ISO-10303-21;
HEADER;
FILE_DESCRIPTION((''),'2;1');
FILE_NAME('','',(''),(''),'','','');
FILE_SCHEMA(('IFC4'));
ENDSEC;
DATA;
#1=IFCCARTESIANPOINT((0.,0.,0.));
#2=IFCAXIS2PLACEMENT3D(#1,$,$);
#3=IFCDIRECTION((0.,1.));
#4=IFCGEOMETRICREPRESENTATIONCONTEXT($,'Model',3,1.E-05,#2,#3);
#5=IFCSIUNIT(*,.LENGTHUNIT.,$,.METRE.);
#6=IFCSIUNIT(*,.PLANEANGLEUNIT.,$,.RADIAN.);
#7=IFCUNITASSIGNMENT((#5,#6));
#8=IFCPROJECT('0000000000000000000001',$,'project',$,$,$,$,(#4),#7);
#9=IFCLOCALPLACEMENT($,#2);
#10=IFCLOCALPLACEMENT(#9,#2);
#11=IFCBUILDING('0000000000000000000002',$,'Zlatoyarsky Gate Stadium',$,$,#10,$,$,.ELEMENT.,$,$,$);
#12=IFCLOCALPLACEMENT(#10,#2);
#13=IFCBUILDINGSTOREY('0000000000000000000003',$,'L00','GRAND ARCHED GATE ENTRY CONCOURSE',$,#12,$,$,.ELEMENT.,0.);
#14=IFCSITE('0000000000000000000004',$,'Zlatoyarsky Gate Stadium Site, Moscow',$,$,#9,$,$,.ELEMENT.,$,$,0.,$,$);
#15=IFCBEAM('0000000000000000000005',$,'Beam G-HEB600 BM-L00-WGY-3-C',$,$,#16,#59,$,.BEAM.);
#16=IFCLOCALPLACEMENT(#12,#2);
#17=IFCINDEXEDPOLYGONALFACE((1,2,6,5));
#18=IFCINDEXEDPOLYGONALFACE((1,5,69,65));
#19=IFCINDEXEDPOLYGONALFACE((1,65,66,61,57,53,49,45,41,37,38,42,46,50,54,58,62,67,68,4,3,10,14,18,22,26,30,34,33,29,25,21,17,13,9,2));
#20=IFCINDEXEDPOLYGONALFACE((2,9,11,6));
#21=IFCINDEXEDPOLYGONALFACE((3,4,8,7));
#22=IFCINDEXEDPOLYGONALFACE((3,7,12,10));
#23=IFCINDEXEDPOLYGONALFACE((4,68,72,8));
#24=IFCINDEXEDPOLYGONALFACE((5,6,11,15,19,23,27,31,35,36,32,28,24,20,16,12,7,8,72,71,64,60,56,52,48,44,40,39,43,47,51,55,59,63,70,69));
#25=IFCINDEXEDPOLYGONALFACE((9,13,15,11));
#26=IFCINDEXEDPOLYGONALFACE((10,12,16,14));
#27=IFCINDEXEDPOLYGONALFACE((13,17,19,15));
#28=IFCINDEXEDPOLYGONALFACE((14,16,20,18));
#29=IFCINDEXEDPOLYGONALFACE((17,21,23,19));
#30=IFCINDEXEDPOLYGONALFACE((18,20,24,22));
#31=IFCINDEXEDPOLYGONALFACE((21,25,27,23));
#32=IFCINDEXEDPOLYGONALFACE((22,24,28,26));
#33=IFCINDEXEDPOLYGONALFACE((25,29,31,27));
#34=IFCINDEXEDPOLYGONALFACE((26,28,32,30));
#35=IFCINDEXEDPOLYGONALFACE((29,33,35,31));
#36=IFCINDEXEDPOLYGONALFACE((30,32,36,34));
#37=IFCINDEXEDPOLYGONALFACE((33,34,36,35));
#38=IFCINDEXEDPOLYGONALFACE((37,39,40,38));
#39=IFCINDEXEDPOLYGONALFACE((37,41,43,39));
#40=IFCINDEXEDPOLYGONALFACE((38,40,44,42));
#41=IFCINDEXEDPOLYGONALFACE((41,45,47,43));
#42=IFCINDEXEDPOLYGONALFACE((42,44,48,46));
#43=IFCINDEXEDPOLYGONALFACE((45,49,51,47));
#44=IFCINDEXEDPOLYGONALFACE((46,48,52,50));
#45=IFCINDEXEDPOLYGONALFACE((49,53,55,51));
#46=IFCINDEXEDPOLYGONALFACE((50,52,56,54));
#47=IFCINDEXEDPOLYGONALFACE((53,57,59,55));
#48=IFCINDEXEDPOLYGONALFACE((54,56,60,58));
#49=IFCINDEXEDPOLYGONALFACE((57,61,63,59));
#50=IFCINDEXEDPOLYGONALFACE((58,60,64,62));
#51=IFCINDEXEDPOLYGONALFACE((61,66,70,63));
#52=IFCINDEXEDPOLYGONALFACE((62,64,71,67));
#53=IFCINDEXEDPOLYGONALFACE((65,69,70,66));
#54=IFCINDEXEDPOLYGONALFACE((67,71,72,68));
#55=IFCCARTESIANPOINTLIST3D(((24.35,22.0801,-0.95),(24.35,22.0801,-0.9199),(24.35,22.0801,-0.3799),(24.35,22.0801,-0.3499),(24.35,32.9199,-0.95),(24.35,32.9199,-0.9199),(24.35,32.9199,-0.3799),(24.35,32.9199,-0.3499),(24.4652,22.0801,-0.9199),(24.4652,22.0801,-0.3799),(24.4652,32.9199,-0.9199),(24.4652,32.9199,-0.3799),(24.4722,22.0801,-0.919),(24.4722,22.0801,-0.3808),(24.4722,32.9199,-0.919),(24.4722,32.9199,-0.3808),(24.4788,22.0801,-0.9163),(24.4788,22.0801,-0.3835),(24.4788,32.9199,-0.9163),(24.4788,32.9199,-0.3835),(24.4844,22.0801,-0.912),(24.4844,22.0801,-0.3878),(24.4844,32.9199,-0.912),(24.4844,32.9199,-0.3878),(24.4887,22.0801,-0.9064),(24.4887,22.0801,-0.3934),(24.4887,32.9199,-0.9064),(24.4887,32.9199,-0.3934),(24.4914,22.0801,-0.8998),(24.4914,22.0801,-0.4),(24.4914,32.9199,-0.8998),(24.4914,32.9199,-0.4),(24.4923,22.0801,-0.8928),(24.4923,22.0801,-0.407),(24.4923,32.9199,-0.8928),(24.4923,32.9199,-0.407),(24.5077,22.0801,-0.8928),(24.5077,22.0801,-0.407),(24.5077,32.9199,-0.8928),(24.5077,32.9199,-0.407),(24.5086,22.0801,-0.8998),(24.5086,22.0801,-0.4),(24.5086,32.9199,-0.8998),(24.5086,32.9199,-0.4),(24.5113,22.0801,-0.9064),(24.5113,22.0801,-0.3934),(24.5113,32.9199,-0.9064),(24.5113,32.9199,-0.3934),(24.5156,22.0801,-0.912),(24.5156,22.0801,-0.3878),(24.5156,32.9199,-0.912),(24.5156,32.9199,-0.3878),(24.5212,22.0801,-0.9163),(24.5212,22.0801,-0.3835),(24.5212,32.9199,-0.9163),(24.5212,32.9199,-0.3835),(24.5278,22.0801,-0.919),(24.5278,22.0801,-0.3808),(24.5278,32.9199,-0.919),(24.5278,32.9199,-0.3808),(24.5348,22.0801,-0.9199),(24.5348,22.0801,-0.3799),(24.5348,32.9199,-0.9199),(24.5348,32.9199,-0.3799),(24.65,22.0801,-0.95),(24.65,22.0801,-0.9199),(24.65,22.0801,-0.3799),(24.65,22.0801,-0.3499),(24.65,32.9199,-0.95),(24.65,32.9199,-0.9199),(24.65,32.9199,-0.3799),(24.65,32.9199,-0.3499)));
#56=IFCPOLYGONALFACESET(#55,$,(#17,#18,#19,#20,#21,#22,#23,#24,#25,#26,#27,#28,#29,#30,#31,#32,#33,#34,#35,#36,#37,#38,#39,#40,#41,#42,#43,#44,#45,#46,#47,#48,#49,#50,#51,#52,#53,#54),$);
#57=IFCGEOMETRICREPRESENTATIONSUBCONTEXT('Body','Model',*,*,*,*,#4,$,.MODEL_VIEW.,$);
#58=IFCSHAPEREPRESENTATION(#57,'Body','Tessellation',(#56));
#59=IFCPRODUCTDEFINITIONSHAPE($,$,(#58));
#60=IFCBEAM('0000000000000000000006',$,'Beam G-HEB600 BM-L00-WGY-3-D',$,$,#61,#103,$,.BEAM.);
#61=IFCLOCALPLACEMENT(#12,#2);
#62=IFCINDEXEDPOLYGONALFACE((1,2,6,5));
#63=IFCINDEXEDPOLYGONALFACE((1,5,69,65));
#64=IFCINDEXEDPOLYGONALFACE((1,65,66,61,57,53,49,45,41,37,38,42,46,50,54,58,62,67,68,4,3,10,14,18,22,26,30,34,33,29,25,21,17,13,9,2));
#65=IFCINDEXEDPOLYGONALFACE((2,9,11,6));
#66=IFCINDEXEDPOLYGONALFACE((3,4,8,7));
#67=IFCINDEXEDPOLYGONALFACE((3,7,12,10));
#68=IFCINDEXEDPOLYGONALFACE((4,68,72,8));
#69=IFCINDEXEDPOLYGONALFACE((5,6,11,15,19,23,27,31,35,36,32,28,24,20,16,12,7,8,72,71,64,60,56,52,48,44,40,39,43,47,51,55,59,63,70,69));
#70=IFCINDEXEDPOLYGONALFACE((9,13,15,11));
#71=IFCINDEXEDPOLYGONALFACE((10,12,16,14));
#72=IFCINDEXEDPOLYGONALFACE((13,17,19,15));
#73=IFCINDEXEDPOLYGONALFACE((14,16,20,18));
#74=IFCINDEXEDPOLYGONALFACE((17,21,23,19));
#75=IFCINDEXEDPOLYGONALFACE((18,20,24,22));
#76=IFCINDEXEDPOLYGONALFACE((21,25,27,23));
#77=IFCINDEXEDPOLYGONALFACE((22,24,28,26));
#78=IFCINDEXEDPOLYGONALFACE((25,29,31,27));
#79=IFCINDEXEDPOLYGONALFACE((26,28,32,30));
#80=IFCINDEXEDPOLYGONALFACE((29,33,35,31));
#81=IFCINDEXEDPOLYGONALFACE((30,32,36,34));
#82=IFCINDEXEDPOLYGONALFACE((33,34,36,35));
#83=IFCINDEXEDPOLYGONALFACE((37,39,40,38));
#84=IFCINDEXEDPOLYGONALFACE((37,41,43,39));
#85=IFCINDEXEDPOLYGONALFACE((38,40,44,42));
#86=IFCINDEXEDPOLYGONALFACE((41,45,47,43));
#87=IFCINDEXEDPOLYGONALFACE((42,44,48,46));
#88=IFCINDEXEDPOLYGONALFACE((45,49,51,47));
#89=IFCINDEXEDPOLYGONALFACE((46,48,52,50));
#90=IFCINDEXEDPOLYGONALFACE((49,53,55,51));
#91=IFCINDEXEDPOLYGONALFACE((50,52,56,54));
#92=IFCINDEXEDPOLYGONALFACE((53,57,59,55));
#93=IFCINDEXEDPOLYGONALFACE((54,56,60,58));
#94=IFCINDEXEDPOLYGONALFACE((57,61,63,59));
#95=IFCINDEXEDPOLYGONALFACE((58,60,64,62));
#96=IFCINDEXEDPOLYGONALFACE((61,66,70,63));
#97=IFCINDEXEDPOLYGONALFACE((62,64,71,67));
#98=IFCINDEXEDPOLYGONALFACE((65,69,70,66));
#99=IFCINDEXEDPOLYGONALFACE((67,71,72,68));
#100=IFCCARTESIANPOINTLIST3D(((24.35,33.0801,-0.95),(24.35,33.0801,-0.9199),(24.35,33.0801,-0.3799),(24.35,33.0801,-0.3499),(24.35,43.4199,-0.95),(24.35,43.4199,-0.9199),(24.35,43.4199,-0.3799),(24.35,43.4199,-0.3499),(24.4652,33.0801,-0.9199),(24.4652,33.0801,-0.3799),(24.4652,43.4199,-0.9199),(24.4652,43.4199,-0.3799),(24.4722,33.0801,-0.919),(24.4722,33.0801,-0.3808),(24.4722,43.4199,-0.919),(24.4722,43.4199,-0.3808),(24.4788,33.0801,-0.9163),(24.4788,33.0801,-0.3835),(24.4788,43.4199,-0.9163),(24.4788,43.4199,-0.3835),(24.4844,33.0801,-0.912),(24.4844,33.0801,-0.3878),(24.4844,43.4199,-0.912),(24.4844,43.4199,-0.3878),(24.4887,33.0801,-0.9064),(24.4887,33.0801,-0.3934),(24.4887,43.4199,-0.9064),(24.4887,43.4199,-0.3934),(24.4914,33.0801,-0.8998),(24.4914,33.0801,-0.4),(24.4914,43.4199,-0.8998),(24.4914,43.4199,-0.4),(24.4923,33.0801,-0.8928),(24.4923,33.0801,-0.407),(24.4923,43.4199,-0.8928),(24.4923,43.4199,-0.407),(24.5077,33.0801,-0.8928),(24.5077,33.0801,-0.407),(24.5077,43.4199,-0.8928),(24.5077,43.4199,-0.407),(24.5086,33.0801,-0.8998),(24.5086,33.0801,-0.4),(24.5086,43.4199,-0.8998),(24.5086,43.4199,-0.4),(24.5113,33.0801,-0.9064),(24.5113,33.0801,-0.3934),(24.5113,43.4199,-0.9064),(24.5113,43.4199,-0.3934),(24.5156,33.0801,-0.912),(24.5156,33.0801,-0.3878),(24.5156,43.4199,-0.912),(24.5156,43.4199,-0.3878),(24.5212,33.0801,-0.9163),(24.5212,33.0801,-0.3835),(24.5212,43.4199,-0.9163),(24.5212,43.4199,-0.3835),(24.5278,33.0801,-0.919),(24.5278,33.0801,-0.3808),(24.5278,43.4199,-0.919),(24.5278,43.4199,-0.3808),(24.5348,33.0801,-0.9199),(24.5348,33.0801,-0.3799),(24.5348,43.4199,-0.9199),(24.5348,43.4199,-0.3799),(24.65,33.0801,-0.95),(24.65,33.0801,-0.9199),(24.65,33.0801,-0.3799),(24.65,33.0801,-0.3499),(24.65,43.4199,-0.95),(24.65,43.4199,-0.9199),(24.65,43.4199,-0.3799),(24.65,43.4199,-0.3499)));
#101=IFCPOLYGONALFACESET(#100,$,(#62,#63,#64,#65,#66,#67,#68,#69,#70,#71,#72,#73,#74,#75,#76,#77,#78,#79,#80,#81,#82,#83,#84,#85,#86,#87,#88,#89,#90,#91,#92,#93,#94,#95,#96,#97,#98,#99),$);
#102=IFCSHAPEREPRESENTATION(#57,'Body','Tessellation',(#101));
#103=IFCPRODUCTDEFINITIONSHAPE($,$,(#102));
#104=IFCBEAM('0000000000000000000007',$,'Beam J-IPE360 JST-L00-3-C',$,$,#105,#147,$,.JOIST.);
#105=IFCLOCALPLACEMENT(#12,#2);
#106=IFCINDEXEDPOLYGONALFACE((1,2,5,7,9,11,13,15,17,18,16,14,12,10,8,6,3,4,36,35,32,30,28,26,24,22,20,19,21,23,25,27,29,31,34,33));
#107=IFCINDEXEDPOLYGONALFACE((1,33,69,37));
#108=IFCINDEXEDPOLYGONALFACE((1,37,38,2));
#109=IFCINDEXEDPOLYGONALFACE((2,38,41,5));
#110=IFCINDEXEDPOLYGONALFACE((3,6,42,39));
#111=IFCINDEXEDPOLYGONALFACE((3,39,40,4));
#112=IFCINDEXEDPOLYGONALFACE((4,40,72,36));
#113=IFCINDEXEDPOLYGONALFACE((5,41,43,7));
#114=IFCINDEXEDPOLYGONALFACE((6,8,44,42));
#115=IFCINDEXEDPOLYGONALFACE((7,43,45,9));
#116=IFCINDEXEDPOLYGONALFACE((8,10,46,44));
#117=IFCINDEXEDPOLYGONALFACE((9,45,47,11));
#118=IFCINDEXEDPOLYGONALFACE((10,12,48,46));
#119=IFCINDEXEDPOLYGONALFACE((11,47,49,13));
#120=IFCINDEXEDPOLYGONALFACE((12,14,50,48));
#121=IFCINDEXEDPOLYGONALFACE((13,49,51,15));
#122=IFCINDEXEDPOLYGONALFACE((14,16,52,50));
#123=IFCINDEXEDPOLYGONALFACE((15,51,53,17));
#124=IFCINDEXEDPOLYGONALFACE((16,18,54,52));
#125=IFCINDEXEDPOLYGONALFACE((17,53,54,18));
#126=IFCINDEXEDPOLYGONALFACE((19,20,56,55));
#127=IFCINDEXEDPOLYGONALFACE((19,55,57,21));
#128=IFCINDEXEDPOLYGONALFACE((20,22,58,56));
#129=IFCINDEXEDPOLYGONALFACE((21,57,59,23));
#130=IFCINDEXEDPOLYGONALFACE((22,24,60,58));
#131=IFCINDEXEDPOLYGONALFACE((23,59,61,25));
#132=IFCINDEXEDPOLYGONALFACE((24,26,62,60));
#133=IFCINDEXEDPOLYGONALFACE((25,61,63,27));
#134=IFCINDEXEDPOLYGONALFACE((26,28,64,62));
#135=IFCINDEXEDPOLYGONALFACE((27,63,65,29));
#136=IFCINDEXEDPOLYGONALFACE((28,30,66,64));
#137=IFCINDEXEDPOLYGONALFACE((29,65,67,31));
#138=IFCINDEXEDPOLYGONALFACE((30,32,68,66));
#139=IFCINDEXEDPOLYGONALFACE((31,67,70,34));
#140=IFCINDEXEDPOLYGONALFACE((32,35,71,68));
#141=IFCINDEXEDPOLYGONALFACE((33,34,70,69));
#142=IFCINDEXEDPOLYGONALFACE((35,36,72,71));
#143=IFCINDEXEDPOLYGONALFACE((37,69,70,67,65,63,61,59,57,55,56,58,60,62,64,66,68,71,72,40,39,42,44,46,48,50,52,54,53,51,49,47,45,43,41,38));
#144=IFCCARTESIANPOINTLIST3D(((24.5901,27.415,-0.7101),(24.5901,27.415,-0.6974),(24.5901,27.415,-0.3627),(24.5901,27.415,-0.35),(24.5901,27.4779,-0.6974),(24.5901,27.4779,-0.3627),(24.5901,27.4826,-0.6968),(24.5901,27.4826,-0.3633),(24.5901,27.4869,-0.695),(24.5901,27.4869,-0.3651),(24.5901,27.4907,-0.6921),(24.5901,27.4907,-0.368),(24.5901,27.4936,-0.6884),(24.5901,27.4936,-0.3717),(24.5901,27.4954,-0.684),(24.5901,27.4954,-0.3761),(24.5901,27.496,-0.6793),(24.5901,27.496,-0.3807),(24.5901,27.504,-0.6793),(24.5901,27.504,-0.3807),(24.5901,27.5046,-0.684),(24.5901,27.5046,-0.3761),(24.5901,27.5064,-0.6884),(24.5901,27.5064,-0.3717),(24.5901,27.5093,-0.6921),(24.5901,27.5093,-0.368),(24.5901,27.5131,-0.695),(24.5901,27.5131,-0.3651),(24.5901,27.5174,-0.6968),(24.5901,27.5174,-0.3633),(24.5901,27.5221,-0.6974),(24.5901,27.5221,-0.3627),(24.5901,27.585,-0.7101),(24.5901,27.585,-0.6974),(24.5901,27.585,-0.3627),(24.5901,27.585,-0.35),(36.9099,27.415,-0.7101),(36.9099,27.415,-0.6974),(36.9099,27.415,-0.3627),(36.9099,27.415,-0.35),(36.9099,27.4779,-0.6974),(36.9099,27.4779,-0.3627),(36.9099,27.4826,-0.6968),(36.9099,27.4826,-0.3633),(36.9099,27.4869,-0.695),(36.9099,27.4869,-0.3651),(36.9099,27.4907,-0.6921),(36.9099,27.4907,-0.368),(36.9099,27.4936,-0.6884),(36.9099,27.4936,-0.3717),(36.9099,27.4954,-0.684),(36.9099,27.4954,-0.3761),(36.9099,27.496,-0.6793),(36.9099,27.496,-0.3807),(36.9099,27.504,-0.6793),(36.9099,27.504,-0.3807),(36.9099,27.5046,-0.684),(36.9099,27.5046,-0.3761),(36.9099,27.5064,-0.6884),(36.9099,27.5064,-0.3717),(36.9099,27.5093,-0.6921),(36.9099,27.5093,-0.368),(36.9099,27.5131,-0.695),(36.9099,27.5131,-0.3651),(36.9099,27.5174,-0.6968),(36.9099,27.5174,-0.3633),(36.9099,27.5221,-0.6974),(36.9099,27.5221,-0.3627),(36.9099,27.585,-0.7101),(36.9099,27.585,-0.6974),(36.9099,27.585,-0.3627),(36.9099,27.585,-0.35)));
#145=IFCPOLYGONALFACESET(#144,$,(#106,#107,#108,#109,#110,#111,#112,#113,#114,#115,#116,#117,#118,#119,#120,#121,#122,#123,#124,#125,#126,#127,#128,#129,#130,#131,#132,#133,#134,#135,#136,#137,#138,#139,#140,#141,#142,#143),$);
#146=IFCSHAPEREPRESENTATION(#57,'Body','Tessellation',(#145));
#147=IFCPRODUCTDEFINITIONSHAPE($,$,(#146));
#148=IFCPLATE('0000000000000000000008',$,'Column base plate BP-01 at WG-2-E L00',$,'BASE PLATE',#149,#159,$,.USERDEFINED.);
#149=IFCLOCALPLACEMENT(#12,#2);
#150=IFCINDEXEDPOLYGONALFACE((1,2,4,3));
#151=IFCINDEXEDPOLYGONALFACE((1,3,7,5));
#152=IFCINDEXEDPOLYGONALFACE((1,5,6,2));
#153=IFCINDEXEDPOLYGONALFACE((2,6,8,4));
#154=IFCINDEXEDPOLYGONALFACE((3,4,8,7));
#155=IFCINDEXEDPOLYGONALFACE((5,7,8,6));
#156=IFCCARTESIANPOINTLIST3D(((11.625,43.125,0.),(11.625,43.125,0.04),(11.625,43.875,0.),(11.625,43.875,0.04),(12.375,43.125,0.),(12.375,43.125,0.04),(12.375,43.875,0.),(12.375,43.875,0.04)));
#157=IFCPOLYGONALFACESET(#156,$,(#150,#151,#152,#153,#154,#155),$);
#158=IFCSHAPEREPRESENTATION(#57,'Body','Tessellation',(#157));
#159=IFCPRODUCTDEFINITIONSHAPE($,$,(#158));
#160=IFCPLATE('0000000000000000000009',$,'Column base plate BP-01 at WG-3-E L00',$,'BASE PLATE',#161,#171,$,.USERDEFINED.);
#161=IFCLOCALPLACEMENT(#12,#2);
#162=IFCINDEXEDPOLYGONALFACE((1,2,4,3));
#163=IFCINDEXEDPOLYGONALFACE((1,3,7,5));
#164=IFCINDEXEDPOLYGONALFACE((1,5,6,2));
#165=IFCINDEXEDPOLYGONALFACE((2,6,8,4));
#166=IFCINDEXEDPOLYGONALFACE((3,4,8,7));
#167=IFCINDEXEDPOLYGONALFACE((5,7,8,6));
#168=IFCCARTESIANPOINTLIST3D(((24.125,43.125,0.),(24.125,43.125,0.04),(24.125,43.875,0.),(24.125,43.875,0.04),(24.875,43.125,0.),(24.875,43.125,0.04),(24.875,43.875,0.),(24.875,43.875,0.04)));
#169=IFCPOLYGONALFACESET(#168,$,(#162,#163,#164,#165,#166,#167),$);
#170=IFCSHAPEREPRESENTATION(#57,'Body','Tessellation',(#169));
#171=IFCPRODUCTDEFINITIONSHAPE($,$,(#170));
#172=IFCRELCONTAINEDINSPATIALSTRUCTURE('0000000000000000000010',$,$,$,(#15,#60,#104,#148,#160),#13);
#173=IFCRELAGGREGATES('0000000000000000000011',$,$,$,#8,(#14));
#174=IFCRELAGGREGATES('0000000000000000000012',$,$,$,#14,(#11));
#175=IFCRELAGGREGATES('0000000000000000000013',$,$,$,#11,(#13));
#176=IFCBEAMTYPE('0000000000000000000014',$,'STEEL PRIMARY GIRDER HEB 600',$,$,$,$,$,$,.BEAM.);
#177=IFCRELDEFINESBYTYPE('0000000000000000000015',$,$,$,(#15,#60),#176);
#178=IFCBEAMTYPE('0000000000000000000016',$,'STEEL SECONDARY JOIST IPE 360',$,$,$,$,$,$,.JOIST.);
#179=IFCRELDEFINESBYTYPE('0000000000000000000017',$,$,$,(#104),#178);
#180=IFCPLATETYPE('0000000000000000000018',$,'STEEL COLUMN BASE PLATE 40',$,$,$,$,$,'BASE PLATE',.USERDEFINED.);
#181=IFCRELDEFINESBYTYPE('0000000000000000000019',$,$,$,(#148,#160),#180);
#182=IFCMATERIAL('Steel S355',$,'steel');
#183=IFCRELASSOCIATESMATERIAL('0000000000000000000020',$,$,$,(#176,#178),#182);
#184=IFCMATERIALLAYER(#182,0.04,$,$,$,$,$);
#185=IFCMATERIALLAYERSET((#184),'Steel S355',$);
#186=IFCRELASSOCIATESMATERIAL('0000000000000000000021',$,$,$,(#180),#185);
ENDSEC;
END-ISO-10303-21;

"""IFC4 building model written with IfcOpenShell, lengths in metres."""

from ifc_helpers import new_model, si_unit, direction, frame, origin, origin_2d, place, context, subcontext, project, spatial, rectangle, i_section, extrude, material, layer, layer_set, material_profile, profile_set, type_object, element, save


model = new_model("IFC4")

# Units and contexts
model_context = context("Model", 3, precision=1e-05, world=origin(), true_north=direction((0.0, 1.0)))
body_context = subcontext(model_context, "Body", "Model", "MODEL_VIEW")
ifc_project = project(units=[si_unit("LENGTHUNIT", "METRE"), si_unit("PLANEANGLEUNIT", "RADIAN")], contexts=[model_context])

# Site, building, storey
site_placement = place(None, origin())
site = spatial("IfcSite", under=ifc_project, at=site_placement, Name="Zlatoyarsky Gate Stadium Site, Moscow", CompositionType="ELEMENT", RefElevation=0.0)
building_placement = place(site_placement, origin())
building = spatial("IfcBuilding", under=site, at=building_placement, Name="Zlatoyarsky Gate Stadium", CompositionType="ELEMENT")
storey_placement = place(building_placement, origin())
storey = spatial("IfcBuildingStorey", under=building, at=storey_placement, Name="L00", Description="GRAND ARCHED GATE ENTRY CONCOURSE", CompositionType="ELEMENT", Elevation=0.0)

# Shared definitions
ifc_material_1 = material(Name="Steel S355", Category="steel")

# Beams
ifc_material_profile_1 = material_profile(ifc_material_1, i_section(OverallWidth=0.3, OverallDepth=0.6001, WebThickness=0.0154, FlangeThickness=0.03, FilletRadius=0.0271, at=origin_2d()), Name="HEB 600")
ifc_profile_set_1 = profile_set([ifc_material_profile_1], Name="Steel S355")
beam_type_1 = type_object("IfcBeamType", Name="STEEL PRIMARY GIRDER HEB 600", PredefinedType="BEAM", material=ifc_profile_set_1)
beam_1_placement = place(storey_placement, frame((24.5, 22.0801, -0.6499), z_axis=(0.0, 1.0, 0.0), x_axis=(-1.0, 0.0, 0.0)))
element("IfcBeam", 1, at=beam_1_placement, inside=storey, type_object=beam_type_1, Name="Beam G-HEB600 BM-L00-WGY-3-C", PredefinedType="BEAM", context=body_context, shape_type="SweptSolid", body=[
    extrude(i_section(OverallWidth=0.3, OverallDepth=0.6001, WebThickness=0.0154, FlangeThickness=0.03, FilletRadius=0.0271, at=origin_2d()), origin(), (0.0, 0.0, 1.0), 10.8398),
])
beam_2_placement = place(storey_placement, frame((24.5, 33.0801, -0.6499), z_axis=(0.0, 1.0, 0.0), x_axis=(-1.0, 0.0, 0.0)))
element("IfcBeam", 2, at=beam_2_placement, inside=storey, type_object=beam_type_1, Name="Beam G-HEB600 BM-L00-WGY-3-D", PredefinedType="BEAM", context=body_context, shape_type="SweptSolid", body=[
    extrude(i_section(OverallWidth=0.3, OverallDepth=0.6001, WebThickness=0.0154, FlangeThickness=0.03, FilletRadius=0.0271, at=origin_2d()), origin(), (0.0, 0.0, 1.0), 10.3398),
])
ifc_material_profile_2 = material_profile(ifc_material_1, i_section(OverallWidth=0.1699, OverallDepth=0.3601, WebThickness=0.0081, FlangeThickness=0.0127, FilletRadius=0.0181, at=origin_2d()), Name="IPE 360")
ifc_profile_set_2 = profile_set([ifc_material_profile_2], Name="Steel S355")
beam_type_2 = type_object("IfcBeamType", Name="STEEL SECONDARY JOIST IPE 360", PredefinedType="JOIST", material=ifc_profile_set_2)
beam_3_placement = place(storey_placement, frame((24.5901, 27.5, -0.53), z_axis=(1.0, 0.0, 0.0), x_axis=(0.0, 1.0, 0.0)))
element("IfcBeam", 3, at=beam_3_placement, inside=storey, type_object=beam_type_2, Name="Beam J-IPE360 JST-L00-3-C", PredefinedType="JOIST", context=body_context, shape_type="SweptSolid", body=[
    extrude(i_section(OverallWidth=0.1699, OverallDepth=0.3601, WebThickness=0.0081, FlangeThickness=0.0127, FilletRadius=0.0181, at=origin_2d()), origin(), (0.0, 0.0, 1.0), 12.3198),
])

# Plates
ifc_layer_1 = layer(ifc_material_1, 0.04)
ifc_layer_set_1 = layer_set([ifc_layer_1], Name="Steel S355")
plate_type = type_object("IfcPlateType", Name="STEEL COLUMN BASE PLATE 40", ElementType="BASE PLATE", PredefinedType="USERDEFINED", material=ifc_layer_set_1)
for number, where, z_axis, x_axis, name in (
    (4, (12.0, 43.5, 0.0), (0.0, 0.0, 1.0), (1.0, 0.0, 0.0), "Column base plate BP-01 at WG-2-E L00"),
    (5, (24.5, 43.5, 0.0), (0.0, 0.0, 1.0), (1.0, 0.0, 0.0), "Column base plate BP-01 at WG-3-E L00"),
):
    element("IfcPlate", number, at=place(storey_placement, frame(where, z_axis=z_axis, x_axis=x_axis)), inside=storey, type_object=plate_type, Name=name, ObjectType="BASE PLATE", PredefinedType="USERDEFINED", context=body_context, shape_type="SweptSolid", body=[
        extrude(rectangle(XDim=0.75, YDim=0.75, at=origin_2d()), origin(), (0.0, 0.0, 1.0), 0.04),
    ])

save(model, "model.ifc")
